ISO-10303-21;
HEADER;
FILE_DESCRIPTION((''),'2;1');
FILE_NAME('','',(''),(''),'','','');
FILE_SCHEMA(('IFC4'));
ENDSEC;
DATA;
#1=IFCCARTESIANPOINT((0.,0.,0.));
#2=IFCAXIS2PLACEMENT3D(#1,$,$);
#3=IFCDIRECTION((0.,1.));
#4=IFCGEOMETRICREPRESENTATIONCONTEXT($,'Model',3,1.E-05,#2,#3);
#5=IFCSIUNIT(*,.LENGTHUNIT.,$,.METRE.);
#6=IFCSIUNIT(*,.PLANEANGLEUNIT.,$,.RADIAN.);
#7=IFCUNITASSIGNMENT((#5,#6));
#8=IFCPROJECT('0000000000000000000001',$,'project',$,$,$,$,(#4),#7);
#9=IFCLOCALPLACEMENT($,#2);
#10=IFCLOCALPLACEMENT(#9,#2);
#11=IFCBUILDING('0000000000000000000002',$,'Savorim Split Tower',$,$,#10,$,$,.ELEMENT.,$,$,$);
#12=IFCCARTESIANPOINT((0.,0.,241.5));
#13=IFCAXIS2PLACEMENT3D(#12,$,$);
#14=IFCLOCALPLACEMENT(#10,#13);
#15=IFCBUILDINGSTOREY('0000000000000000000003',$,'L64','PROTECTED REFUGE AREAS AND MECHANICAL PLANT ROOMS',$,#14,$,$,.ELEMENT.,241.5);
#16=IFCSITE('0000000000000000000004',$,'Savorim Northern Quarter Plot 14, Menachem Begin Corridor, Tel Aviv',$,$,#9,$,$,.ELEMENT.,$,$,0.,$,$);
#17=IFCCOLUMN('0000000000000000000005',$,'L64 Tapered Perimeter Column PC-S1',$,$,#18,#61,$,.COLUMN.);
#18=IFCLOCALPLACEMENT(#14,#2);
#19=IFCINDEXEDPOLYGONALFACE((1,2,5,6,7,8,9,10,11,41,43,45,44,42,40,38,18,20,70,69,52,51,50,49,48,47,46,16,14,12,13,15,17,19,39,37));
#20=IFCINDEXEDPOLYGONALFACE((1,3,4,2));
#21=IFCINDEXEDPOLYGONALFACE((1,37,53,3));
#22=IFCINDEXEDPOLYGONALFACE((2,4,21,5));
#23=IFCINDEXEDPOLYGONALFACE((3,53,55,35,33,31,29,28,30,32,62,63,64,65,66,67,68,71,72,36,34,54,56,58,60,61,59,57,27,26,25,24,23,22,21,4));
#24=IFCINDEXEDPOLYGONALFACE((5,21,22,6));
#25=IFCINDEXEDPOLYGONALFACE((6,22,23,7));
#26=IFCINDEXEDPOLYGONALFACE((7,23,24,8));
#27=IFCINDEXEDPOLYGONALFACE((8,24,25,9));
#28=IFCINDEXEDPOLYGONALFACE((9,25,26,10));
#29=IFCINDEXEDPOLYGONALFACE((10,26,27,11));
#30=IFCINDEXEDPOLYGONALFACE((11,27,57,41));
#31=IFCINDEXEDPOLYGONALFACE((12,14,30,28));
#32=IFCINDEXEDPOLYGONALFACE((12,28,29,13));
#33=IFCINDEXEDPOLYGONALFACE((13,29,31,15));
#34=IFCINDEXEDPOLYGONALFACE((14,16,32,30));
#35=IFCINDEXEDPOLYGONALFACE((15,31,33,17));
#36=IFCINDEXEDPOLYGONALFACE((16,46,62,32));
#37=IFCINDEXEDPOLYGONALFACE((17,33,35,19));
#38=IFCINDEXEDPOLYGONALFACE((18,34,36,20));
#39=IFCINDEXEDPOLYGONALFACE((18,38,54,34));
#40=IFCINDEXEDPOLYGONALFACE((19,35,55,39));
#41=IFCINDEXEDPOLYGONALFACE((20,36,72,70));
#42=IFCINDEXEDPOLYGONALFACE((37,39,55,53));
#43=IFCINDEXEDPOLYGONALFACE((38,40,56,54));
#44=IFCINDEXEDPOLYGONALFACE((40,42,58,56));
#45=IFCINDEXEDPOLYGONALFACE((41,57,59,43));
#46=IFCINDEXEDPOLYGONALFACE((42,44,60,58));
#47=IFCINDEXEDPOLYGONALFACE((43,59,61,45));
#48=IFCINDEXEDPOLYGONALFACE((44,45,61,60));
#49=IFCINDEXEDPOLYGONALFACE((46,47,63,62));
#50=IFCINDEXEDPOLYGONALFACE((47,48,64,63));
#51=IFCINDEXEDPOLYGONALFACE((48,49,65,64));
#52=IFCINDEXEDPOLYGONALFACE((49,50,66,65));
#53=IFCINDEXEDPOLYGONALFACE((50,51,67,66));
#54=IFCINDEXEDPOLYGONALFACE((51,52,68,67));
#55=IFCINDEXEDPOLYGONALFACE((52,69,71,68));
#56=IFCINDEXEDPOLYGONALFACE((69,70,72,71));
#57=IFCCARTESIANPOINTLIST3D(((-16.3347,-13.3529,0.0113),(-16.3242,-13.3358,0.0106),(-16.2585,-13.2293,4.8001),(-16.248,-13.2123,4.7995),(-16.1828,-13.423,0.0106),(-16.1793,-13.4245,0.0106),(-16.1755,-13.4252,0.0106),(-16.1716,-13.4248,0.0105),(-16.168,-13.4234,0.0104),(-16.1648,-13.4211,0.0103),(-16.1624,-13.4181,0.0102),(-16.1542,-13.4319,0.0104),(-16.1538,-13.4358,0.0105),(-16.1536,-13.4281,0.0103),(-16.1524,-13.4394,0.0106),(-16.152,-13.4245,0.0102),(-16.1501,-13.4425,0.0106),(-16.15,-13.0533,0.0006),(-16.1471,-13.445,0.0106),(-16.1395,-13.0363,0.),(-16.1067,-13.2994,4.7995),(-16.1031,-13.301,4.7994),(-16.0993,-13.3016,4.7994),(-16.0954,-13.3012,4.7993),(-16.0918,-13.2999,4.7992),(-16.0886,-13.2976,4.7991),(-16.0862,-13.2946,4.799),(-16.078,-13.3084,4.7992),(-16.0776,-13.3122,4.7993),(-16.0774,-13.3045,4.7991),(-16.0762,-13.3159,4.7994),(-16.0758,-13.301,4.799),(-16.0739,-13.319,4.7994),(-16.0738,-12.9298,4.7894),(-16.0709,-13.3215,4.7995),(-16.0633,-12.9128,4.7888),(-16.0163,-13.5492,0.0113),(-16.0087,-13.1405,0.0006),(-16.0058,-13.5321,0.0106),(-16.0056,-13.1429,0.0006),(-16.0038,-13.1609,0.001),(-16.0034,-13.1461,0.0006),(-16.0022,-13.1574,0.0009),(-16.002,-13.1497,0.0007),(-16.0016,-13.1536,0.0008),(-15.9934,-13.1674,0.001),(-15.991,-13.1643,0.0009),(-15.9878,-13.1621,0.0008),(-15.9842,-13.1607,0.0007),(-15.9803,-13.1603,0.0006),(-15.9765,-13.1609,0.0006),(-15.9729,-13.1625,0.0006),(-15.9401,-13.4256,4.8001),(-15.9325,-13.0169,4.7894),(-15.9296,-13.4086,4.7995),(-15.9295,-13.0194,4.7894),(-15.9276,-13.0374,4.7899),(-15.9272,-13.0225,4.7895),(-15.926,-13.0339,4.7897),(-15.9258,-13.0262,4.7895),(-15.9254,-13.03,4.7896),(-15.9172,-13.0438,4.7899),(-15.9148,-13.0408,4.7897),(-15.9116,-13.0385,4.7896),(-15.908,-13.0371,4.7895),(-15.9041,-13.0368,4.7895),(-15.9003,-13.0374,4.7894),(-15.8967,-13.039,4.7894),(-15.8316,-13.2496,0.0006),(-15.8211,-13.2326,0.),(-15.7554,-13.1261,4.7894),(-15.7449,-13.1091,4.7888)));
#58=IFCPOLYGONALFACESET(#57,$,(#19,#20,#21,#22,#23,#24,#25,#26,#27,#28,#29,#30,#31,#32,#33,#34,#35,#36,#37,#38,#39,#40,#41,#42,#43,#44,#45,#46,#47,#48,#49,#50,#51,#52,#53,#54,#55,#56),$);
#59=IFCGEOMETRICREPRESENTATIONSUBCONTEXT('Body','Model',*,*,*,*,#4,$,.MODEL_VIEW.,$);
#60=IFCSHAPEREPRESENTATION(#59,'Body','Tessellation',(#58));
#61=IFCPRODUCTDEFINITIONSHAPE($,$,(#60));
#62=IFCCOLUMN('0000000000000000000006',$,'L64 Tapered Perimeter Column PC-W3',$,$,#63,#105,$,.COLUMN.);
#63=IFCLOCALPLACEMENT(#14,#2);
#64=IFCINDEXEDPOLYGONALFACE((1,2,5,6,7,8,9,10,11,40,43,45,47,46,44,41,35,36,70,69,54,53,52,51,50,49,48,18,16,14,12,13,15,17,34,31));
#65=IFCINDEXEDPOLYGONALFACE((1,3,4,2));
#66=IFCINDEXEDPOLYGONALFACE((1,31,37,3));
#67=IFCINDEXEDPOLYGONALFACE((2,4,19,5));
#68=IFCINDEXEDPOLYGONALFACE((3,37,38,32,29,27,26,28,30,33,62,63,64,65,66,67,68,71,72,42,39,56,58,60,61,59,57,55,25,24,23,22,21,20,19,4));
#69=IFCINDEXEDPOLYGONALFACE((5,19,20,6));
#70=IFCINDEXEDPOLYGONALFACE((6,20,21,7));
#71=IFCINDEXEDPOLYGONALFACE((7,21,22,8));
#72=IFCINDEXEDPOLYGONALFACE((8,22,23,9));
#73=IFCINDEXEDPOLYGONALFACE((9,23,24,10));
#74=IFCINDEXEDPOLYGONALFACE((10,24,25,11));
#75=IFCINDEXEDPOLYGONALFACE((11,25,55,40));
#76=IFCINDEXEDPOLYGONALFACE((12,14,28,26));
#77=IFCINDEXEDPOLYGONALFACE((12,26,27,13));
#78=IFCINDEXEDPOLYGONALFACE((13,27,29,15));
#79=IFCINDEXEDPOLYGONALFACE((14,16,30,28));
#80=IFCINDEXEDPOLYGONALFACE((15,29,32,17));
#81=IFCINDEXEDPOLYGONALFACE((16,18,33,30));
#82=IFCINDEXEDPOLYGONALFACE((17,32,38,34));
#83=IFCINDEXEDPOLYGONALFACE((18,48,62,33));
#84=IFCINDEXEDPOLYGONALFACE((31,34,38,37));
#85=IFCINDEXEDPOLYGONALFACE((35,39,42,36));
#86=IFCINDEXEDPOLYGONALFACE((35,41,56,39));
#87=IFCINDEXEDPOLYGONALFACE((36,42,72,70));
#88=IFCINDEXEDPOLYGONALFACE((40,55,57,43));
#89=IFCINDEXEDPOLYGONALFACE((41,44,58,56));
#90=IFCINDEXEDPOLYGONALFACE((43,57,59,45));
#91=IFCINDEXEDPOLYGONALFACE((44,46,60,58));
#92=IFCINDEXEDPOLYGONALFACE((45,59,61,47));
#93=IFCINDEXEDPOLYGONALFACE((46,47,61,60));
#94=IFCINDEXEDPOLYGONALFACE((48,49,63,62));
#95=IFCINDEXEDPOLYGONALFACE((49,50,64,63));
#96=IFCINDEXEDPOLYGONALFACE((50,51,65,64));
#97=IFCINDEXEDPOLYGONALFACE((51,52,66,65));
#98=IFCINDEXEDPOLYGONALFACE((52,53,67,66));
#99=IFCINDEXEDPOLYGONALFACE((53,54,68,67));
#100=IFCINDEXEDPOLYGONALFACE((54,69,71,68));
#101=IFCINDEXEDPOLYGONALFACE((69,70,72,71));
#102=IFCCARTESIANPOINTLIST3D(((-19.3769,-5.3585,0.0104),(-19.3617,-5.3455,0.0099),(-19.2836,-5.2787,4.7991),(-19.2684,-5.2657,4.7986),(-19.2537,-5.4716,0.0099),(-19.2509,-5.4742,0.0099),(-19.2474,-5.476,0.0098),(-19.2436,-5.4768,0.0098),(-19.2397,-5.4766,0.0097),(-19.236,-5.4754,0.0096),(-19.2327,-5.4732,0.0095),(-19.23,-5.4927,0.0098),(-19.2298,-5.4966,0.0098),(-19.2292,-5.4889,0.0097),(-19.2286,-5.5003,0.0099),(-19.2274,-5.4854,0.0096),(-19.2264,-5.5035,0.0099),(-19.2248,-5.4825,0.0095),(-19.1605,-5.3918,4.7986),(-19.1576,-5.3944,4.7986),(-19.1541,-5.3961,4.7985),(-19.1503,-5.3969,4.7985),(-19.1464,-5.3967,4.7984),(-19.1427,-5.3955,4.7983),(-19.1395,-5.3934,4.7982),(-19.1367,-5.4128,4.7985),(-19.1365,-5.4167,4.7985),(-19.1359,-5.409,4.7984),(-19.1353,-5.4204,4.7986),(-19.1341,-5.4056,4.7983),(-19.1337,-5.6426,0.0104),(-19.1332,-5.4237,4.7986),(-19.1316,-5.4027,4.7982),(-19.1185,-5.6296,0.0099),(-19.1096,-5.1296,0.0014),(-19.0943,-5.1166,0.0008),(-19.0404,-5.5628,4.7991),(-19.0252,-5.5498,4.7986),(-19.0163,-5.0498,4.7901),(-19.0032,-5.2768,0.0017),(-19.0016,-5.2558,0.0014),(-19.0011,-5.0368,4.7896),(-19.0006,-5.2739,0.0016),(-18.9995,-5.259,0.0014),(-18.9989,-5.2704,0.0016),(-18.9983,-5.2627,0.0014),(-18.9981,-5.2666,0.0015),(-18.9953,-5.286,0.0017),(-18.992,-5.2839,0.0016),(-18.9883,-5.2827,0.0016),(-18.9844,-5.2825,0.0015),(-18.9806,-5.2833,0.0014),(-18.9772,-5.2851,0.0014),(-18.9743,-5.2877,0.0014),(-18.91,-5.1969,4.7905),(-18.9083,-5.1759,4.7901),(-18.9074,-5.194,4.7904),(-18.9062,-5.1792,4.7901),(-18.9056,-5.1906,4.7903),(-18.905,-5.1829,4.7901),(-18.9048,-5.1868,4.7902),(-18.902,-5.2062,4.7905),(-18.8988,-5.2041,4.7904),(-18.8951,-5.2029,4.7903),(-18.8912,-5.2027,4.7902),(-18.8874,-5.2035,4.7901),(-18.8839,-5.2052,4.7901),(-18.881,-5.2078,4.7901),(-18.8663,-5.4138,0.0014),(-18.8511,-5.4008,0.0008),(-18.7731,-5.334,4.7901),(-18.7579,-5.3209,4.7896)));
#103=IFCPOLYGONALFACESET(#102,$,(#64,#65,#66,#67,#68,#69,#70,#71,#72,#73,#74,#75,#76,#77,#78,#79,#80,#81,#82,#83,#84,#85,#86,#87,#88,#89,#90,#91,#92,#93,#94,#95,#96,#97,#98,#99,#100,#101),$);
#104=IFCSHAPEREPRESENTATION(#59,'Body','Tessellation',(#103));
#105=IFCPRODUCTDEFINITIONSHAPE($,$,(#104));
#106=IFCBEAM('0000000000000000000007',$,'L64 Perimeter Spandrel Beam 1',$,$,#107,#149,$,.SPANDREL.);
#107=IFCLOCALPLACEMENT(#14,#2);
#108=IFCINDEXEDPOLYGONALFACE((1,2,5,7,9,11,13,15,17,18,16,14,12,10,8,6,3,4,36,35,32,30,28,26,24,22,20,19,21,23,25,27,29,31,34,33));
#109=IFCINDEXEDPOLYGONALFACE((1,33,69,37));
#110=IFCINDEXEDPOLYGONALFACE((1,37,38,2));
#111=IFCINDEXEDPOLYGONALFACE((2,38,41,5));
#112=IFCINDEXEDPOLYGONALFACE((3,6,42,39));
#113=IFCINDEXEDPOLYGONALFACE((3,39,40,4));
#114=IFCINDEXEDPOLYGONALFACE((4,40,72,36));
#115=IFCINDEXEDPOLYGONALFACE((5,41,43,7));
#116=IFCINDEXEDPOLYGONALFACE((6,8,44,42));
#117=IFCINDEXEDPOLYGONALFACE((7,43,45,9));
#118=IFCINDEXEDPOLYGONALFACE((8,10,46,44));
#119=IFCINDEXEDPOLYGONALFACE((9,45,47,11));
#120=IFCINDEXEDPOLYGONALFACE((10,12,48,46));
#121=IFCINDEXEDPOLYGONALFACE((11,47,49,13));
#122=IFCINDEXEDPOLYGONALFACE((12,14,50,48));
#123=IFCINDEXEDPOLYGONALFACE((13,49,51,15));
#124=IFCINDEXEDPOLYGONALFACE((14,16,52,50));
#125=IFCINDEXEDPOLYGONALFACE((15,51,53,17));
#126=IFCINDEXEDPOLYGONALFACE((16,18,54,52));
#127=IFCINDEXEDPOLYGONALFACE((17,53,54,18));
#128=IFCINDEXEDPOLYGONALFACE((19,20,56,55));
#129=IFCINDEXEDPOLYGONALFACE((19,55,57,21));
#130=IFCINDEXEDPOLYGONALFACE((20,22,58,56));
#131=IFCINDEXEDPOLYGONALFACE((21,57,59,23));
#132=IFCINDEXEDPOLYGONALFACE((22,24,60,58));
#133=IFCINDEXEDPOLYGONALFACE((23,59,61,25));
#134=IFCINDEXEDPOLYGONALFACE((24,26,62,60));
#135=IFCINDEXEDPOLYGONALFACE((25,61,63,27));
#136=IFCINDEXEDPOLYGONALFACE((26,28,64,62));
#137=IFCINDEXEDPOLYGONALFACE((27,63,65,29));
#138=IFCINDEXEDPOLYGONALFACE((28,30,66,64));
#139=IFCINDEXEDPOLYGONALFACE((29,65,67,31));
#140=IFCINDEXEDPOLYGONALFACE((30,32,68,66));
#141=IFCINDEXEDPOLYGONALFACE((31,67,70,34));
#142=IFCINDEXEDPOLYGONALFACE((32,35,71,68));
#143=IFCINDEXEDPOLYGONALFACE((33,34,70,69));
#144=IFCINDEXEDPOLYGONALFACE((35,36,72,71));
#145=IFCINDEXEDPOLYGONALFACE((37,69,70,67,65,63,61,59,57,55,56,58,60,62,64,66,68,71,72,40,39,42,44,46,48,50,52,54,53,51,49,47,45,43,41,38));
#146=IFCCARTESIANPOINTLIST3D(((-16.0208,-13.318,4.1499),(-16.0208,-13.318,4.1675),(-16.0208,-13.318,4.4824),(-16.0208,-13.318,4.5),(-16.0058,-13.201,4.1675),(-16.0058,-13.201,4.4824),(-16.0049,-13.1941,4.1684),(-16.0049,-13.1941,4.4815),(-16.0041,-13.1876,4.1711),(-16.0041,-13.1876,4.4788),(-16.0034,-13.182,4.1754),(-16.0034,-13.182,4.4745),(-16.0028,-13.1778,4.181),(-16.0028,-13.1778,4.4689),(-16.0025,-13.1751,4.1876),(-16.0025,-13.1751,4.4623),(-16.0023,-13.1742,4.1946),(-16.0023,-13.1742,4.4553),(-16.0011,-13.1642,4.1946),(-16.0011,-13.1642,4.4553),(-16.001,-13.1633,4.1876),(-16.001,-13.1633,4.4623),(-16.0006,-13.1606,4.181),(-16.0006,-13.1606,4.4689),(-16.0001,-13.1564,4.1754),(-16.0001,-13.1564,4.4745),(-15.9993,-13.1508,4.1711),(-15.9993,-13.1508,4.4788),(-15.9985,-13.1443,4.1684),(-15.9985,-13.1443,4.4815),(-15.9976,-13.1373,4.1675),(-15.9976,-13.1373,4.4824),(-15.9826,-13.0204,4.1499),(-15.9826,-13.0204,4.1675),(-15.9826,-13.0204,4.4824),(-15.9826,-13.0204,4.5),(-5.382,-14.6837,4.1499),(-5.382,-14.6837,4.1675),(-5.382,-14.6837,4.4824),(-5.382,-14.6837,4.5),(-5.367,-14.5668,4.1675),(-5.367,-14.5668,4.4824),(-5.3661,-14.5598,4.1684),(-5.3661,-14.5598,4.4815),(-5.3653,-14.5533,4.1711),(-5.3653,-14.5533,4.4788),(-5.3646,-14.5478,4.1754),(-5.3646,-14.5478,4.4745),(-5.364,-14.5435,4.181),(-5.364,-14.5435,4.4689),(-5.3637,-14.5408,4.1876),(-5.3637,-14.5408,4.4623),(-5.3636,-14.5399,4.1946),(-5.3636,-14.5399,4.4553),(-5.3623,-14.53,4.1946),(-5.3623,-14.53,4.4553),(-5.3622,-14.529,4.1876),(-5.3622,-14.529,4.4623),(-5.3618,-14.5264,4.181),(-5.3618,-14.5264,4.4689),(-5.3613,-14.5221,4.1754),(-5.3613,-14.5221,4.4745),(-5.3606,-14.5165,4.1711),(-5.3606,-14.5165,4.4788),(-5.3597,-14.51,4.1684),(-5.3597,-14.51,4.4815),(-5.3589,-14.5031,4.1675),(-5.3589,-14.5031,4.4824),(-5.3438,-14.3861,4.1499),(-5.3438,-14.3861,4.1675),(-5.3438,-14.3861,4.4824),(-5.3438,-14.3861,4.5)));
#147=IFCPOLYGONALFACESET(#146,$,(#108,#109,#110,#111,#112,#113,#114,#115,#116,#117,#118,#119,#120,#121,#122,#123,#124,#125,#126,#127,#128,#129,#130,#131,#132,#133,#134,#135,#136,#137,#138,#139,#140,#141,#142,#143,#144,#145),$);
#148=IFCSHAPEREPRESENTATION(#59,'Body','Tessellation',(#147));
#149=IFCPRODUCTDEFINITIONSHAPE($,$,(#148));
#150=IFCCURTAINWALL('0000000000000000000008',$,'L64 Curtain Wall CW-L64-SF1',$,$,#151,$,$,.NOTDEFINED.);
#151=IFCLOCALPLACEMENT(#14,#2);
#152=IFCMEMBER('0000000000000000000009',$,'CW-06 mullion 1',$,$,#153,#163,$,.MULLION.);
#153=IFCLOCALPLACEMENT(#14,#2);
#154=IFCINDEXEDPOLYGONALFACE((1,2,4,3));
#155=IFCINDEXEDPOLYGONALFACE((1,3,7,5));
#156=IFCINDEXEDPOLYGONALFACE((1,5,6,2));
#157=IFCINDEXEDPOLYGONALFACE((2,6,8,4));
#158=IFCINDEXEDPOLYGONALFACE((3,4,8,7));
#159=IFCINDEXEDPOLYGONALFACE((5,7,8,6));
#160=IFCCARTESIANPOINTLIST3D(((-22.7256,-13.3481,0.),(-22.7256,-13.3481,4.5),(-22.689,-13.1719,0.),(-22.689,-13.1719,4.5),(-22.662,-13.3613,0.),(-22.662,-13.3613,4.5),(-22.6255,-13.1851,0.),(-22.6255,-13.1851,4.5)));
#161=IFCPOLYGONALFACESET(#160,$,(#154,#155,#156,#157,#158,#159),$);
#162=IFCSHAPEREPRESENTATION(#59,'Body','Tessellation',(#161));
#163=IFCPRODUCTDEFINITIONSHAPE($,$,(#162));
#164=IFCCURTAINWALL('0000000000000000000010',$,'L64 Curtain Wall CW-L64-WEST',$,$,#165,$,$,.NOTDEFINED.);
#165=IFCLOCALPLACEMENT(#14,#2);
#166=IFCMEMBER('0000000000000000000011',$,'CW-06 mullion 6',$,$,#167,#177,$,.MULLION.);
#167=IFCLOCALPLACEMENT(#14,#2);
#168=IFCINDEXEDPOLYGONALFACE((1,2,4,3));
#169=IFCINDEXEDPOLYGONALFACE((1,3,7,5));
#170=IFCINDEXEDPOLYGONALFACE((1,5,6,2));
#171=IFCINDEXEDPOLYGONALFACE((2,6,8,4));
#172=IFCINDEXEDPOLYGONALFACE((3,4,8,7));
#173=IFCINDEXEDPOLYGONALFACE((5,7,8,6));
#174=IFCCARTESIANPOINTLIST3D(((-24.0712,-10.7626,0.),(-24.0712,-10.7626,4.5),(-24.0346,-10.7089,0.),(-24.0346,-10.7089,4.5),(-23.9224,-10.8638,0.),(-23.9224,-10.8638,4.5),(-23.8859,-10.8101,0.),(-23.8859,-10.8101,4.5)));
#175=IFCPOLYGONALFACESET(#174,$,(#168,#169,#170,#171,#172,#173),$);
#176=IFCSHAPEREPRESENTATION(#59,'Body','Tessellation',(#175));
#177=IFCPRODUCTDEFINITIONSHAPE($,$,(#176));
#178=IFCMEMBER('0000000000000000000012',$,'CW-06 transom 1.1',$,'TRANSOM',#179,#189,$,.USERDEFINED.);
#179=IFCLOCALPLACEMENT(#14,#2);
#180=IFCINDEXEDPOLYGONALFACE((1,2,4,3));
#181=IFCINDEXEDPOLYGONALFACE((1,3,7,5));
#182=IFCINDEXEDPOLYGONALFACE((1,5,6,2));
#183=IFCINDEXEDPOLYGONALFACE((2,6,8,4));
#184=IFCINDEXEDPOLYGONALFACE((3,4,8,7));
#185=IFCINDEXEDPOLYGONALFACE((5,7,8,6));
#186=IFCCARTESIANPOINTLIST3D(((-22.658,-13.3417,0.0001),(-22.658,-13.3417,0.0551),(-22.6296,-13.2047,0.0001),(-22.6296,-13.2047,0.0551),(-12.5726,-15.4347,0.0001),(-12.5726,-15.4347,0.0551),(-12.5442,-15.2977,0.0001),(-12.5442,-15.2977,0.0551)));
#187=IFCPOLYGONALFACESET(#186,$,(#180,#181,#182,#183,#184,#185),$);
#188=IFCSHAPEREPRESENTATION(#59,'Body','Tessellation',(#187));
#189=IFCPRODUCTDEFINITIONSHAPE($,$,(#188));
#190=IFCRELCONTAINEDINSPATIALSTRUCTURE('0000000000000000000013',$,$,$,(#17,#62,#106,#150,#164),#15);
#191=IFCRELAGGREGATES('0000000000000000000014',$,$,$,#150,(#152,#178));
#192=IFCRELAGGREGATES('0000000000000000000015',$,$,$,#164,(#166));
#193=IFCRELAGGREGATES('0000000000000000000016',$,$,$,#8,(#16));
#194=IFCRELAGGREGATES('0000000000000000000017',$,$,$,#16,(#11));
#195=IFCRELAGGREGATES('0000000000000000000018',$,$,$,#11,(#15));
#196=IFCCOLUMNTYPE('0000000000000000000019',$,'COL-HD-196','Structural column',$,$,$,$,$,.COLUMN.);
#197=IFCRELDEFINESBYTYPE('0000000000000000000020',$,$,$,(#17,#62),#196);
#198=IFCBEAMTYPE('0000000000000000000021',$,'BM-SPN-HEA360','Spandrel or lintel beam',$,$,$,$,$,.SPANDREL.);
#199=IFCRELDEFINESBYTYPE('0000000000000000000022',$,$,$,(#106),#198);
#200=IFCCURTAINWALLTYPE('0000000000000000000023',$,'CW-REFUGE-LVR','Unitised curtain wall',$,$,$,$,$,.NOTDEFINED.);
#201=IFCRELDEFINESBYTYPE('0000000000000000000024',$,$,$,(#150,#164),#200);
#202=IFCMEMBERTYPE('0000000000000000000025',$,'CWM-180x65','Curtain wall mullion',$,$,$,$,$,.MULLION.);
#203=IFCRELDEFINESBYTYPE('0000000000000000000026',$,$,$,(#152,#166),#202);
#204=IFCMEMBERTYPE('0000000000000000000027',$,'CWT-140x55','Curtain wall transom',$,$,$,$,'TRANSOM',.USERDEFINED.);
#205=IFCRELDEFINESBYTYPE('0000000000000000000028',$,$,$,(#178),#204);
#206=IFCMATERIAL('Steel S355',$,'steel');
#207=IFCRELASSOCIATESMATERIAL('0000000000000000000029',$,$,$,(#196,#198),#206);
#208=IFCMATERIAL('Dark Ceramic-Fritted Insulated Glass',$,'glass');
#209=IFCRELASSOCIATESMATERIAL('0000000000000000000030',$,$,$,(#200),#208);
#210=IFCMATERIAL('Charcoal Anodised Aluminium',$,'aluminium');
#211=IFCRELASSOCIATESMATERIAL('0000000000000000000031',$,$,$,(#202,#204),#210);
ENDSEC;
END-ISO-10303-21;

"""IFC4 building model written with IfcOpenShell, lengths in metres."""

from ifc_helpers import new_model, si_unit, direction, frame, origin, origin_2d, place, context, subcontext, project, spatial, rectangle, i_section, extrude, material, material_profile, profile_set, type_object, element, aggregate, save


model = new_model("IFC4")

# Units and contexts
model_context = context("Model", 3, precision=1e-05, world=origin(), true_north=direction((0.0, 1.0)))
body_context = subcontext(model_context, "Body", "Model", "MODEL_VIEW")
ifc_project = project(units=[si_unit("LENGTHUNIT", "METRE"), si_unit("PLANEANGLEUNIT", "RADIAN")], contexts=[model_context])

# Site, building, storey
site_placement = place(None, origin())
site = spatial("IfcSite", under=ifc_project, at=site_placement, Name="Savorim Northern Quarter Plot 14, Menachem Begin Corridor, Tel Aviv", CompositionType="ELEMENT", RefElevation=0.0)
building_placement = place(site_placement, origin())
building = spatial("IfcBuilding", under=site, at=building_placement, Name="Savorim Split Tower", CompositionType="ELEMENT")
storey_placement = place(building_placement, frame((0.0, 0.0, 241.5)))
storey = spatial("IfcBuildingStorey", under=building, at=storey_placement, Name="L64", Description="PROTECTED REFUGE AREAS AND MECHANICAL PLANT ROOMS", CompositionType="ELEMENT", Elevation=241.5)

# Columns
ifc_material_1 = material(Name="Steel S355", Category="steel")
ifc_material_profile_1 = material_profile(ifc_material_1, i_section(OverallWidth=0.374, OverallDepth=0.3721, WebThickness=0.0122, FlangeThickness=0.02, FilletRadius=0.0149, at=origin_2d()), Name="HD 360x196")
ifc_profile_set_1 = profile_set([ifc_material_profile_1], Name="Steel S355")
column_type = type_object("IfcColumnType", Name="COL-HD-196", Description="Structural column", PredefinedType="COLUMN", material=ifc_profile_set_1)
column_1_placement = place(storey_placement, frame((-16.0779, -13.2927, 0.0056), z_axis=(0.015899, 0.025785, 0.999541), x_axis=(-0.851196, 0.524848, 0.0)))
element("IfcColumn", 1, at=column_1_placement, inside=storey, type_object=column_type, Name="L64 Tapered Perimeter Column PC-S1", PredefinedType="COLUMN", context=body_context, shape_type="SweptSolid", body=[
    extrude(i_section(OverallWidth=0.374, OverallDepth=0.3721, WebThickness=0.0122, FlangeThickness=0.02, FilletRadius=0.0149, at=origin_2d()), origin(), (0.0, 0.0, 1.0), 4.791),
])
column_2_placement = place(storey_placement, frame((-19.114, -5.3796, 0.0056), z_axis=(0.019468, 0.016665, 0.999672), x_axis=(-0.6503, 0.759678, 0.0)))
element("IfcColumn", 2, at=column_2_placement, inside=storey, type_object=column_type, Name="L64 Tapered Perimeter Column PC-W3", PredefinedType="COLUMN", context=body_context, shape_type="SweptSolid", body=[
    extrude(i_section(OverallWidth=0.374, OverallDepth=0.3721, WebThickness=0.0122, FlangeThickness=0.02, FilletRadius=0.0149, at=origin_2d()), origin(), (0.0, 0.0, 1.0), 4.7903),
])

# Beam
ifc_material_profile_2 = material_profile(ifc_material_1, i_section(OverallWidth=0.3, OverallDepth=0.3501, WebThickness=0.01, FlangeThickness=0.0176, FilletRadius=0.0271, at=origin_2d()), Name="HEA 360")
ifc_profile_set_2 = profile_set([ifc_material_profile_2], Name="Steel S355")
beam_type = type_object("IfcBeamType", Name="BM-SPN-HEA360", Description="Spandrel or lintel beam", PredefinedType="SPANDREL", material=ifc_profile_set_2)
beam_placement = place(storey_placement, frame((-16.0017, -13.1692, 4.325), z_axis=(0.991861, -0.127329, 0.0), x_axis=(0.127329, 0.991861, 0.0)))
element("IfcBeam", 3, at=beam_placement, inside=storey, type_object=beam_type, Name="L64 Perimeter Spandrel Beam 1", PredefinedType="SPANDREL", context=body_context, shape_type="SweptSolid", body=[
    extrude(i_section(OverallWidth=0.3, OverallDepth=0.3501, WebThickness=0.01, FlangeThickness=0.0176, FilletRadius=0.0271, at=origin_2d()), origin(), (0.0, 0.0, 1.0), 10.7261),
])

# Curtain walls, members
ifc_material_2 = material(Name="Dark Ceramic-Fritted Insulated Glass", Category="glass")
curtain_wall_type = type_object("IfcCurtainWallType", Name="CW-REFUGE-LVR", Description="Unitised curtain wall", PredefinedType="NOTDEFINED", material=ifc_material_2)
curtain_wall_1_placement = place(storey_placement, origin())
curtain_wall_1 = element("IfcCurtainWall", 4, at=curtain_wall_1_placement, inside=storey, type_object=curtain_wall_type, Name="L64 Curtain Wall CW-L64-SF1", PredefinedType="NOTDEFINED")
ifc_material_3 = material(Name="Charcoal Anodised Aluminium", Category="aluminium")
ifc_material_profile_3 = material_profile(ifc_material_3, rectangle(XDim=0.1799, YDim=0.0649, at=origin_2d()), Name="ALU-M 180x65")
ifc_profile_set_3 = profile_set([ifc_material_profile_3], Name="Charcoal Anodised Aluminium")
member_type_1 = type_object("IfcMemberType", Name="CWM-180x65", Description="Curtain wall mullion", PredefinedType="MULLION", material=ifc_profile_set_3)
member_1_placement = place(storey_placement, frame((-22.6755, -13.2666, 0.0), z_axis=(0.0, 0.0, 1.0), x_axis=(0.203208, 0.979136, 0.0)))
member_1 = element("IfcMember", 5, at=member_1_placement, type_object=member_type_1, Name="CW-06 mullion 1", PredefinedType="MULLION", context=body_context, shape_type="SweptSolid", body=[
    extrude(rectangle(XDim=0.1799, YDim=0.0649, at=origin_2d()), origin(), (0.0, 0.0, 1.0), 4.5),
])
curtain_wall_2_placement = place(storey_placement, origin())
curtain_wall_2 = element("IfcCurtainWall", 6, at=curtain_wall_2_placement, inside=storey, type_object=curtain_wall_type, Name="L64 Curtain Wall CW-L64-WEST", PredefinedType="NOTDEFINED")
member_2_placement = place(storey_placement, frame((-23.9785, -10.7864, 0.0), z_axis=(0.0, 0.0, 1.0), x_axis=(0.826818, -0.562469, 0.0)))
member_2 = element("IfcMember", 7, at=member_2_placement, type_object=member_type_1, Name="CW-06 mullion 6", PredefinedType="MULLION", context=body_context, shape_type="SweptSolid", body=[
    extrude(rectangle(XDim=0.1799, YDim=0.0649, at=origin_2d()), origin(), (0.0, 0.0, 1.0), 4.5),
])

# Member
ifc_material_profile_4 = material_profile(ifc_material_3, rectangle(XDim=0.1399, YDim=0.0549, at=origin_2d()), Name="ALU-T 140x55")
ifc_profile_set_4 = profile_set([ifc_material_profile_4], Name="Charcoal Anodised Aluminium")
member_type_2 = type_object("IfcMemberType", Name="CWT-140x55", Description="Curtain wall transom", ElementType="TRANSOM", PredefinedType="USERDEFINED", material=ifc_profile_set_4)
member_3_placement = place(storey_placement, frame((-22.6438, -13.2732, 0.0276), z_axis=(0.979137, -0.203199, 0.0), x_axis=(0.203199, 0.979137, 0.0)))
member_3 = element("IfcMember", 8, at=member_3_placement, type_object=member_type_2, Name="CW-06 transom 1.1", ObjectType="TRANSOM", PredefinedType="USERDEFINED", context=body_context, shape_type="SweptSolid", body=[
    extrude(rectangle(XDim=0.1399, YDim=0.0549, at=origin_2d()), origin(), (0.0, 0.0, 1.0), 10.3003),
])

aggregate(curtain_wall_1, [member_1, member_3])
aggregate(curtain_wall_2, [member_2])

save(model, "model.ifc")
